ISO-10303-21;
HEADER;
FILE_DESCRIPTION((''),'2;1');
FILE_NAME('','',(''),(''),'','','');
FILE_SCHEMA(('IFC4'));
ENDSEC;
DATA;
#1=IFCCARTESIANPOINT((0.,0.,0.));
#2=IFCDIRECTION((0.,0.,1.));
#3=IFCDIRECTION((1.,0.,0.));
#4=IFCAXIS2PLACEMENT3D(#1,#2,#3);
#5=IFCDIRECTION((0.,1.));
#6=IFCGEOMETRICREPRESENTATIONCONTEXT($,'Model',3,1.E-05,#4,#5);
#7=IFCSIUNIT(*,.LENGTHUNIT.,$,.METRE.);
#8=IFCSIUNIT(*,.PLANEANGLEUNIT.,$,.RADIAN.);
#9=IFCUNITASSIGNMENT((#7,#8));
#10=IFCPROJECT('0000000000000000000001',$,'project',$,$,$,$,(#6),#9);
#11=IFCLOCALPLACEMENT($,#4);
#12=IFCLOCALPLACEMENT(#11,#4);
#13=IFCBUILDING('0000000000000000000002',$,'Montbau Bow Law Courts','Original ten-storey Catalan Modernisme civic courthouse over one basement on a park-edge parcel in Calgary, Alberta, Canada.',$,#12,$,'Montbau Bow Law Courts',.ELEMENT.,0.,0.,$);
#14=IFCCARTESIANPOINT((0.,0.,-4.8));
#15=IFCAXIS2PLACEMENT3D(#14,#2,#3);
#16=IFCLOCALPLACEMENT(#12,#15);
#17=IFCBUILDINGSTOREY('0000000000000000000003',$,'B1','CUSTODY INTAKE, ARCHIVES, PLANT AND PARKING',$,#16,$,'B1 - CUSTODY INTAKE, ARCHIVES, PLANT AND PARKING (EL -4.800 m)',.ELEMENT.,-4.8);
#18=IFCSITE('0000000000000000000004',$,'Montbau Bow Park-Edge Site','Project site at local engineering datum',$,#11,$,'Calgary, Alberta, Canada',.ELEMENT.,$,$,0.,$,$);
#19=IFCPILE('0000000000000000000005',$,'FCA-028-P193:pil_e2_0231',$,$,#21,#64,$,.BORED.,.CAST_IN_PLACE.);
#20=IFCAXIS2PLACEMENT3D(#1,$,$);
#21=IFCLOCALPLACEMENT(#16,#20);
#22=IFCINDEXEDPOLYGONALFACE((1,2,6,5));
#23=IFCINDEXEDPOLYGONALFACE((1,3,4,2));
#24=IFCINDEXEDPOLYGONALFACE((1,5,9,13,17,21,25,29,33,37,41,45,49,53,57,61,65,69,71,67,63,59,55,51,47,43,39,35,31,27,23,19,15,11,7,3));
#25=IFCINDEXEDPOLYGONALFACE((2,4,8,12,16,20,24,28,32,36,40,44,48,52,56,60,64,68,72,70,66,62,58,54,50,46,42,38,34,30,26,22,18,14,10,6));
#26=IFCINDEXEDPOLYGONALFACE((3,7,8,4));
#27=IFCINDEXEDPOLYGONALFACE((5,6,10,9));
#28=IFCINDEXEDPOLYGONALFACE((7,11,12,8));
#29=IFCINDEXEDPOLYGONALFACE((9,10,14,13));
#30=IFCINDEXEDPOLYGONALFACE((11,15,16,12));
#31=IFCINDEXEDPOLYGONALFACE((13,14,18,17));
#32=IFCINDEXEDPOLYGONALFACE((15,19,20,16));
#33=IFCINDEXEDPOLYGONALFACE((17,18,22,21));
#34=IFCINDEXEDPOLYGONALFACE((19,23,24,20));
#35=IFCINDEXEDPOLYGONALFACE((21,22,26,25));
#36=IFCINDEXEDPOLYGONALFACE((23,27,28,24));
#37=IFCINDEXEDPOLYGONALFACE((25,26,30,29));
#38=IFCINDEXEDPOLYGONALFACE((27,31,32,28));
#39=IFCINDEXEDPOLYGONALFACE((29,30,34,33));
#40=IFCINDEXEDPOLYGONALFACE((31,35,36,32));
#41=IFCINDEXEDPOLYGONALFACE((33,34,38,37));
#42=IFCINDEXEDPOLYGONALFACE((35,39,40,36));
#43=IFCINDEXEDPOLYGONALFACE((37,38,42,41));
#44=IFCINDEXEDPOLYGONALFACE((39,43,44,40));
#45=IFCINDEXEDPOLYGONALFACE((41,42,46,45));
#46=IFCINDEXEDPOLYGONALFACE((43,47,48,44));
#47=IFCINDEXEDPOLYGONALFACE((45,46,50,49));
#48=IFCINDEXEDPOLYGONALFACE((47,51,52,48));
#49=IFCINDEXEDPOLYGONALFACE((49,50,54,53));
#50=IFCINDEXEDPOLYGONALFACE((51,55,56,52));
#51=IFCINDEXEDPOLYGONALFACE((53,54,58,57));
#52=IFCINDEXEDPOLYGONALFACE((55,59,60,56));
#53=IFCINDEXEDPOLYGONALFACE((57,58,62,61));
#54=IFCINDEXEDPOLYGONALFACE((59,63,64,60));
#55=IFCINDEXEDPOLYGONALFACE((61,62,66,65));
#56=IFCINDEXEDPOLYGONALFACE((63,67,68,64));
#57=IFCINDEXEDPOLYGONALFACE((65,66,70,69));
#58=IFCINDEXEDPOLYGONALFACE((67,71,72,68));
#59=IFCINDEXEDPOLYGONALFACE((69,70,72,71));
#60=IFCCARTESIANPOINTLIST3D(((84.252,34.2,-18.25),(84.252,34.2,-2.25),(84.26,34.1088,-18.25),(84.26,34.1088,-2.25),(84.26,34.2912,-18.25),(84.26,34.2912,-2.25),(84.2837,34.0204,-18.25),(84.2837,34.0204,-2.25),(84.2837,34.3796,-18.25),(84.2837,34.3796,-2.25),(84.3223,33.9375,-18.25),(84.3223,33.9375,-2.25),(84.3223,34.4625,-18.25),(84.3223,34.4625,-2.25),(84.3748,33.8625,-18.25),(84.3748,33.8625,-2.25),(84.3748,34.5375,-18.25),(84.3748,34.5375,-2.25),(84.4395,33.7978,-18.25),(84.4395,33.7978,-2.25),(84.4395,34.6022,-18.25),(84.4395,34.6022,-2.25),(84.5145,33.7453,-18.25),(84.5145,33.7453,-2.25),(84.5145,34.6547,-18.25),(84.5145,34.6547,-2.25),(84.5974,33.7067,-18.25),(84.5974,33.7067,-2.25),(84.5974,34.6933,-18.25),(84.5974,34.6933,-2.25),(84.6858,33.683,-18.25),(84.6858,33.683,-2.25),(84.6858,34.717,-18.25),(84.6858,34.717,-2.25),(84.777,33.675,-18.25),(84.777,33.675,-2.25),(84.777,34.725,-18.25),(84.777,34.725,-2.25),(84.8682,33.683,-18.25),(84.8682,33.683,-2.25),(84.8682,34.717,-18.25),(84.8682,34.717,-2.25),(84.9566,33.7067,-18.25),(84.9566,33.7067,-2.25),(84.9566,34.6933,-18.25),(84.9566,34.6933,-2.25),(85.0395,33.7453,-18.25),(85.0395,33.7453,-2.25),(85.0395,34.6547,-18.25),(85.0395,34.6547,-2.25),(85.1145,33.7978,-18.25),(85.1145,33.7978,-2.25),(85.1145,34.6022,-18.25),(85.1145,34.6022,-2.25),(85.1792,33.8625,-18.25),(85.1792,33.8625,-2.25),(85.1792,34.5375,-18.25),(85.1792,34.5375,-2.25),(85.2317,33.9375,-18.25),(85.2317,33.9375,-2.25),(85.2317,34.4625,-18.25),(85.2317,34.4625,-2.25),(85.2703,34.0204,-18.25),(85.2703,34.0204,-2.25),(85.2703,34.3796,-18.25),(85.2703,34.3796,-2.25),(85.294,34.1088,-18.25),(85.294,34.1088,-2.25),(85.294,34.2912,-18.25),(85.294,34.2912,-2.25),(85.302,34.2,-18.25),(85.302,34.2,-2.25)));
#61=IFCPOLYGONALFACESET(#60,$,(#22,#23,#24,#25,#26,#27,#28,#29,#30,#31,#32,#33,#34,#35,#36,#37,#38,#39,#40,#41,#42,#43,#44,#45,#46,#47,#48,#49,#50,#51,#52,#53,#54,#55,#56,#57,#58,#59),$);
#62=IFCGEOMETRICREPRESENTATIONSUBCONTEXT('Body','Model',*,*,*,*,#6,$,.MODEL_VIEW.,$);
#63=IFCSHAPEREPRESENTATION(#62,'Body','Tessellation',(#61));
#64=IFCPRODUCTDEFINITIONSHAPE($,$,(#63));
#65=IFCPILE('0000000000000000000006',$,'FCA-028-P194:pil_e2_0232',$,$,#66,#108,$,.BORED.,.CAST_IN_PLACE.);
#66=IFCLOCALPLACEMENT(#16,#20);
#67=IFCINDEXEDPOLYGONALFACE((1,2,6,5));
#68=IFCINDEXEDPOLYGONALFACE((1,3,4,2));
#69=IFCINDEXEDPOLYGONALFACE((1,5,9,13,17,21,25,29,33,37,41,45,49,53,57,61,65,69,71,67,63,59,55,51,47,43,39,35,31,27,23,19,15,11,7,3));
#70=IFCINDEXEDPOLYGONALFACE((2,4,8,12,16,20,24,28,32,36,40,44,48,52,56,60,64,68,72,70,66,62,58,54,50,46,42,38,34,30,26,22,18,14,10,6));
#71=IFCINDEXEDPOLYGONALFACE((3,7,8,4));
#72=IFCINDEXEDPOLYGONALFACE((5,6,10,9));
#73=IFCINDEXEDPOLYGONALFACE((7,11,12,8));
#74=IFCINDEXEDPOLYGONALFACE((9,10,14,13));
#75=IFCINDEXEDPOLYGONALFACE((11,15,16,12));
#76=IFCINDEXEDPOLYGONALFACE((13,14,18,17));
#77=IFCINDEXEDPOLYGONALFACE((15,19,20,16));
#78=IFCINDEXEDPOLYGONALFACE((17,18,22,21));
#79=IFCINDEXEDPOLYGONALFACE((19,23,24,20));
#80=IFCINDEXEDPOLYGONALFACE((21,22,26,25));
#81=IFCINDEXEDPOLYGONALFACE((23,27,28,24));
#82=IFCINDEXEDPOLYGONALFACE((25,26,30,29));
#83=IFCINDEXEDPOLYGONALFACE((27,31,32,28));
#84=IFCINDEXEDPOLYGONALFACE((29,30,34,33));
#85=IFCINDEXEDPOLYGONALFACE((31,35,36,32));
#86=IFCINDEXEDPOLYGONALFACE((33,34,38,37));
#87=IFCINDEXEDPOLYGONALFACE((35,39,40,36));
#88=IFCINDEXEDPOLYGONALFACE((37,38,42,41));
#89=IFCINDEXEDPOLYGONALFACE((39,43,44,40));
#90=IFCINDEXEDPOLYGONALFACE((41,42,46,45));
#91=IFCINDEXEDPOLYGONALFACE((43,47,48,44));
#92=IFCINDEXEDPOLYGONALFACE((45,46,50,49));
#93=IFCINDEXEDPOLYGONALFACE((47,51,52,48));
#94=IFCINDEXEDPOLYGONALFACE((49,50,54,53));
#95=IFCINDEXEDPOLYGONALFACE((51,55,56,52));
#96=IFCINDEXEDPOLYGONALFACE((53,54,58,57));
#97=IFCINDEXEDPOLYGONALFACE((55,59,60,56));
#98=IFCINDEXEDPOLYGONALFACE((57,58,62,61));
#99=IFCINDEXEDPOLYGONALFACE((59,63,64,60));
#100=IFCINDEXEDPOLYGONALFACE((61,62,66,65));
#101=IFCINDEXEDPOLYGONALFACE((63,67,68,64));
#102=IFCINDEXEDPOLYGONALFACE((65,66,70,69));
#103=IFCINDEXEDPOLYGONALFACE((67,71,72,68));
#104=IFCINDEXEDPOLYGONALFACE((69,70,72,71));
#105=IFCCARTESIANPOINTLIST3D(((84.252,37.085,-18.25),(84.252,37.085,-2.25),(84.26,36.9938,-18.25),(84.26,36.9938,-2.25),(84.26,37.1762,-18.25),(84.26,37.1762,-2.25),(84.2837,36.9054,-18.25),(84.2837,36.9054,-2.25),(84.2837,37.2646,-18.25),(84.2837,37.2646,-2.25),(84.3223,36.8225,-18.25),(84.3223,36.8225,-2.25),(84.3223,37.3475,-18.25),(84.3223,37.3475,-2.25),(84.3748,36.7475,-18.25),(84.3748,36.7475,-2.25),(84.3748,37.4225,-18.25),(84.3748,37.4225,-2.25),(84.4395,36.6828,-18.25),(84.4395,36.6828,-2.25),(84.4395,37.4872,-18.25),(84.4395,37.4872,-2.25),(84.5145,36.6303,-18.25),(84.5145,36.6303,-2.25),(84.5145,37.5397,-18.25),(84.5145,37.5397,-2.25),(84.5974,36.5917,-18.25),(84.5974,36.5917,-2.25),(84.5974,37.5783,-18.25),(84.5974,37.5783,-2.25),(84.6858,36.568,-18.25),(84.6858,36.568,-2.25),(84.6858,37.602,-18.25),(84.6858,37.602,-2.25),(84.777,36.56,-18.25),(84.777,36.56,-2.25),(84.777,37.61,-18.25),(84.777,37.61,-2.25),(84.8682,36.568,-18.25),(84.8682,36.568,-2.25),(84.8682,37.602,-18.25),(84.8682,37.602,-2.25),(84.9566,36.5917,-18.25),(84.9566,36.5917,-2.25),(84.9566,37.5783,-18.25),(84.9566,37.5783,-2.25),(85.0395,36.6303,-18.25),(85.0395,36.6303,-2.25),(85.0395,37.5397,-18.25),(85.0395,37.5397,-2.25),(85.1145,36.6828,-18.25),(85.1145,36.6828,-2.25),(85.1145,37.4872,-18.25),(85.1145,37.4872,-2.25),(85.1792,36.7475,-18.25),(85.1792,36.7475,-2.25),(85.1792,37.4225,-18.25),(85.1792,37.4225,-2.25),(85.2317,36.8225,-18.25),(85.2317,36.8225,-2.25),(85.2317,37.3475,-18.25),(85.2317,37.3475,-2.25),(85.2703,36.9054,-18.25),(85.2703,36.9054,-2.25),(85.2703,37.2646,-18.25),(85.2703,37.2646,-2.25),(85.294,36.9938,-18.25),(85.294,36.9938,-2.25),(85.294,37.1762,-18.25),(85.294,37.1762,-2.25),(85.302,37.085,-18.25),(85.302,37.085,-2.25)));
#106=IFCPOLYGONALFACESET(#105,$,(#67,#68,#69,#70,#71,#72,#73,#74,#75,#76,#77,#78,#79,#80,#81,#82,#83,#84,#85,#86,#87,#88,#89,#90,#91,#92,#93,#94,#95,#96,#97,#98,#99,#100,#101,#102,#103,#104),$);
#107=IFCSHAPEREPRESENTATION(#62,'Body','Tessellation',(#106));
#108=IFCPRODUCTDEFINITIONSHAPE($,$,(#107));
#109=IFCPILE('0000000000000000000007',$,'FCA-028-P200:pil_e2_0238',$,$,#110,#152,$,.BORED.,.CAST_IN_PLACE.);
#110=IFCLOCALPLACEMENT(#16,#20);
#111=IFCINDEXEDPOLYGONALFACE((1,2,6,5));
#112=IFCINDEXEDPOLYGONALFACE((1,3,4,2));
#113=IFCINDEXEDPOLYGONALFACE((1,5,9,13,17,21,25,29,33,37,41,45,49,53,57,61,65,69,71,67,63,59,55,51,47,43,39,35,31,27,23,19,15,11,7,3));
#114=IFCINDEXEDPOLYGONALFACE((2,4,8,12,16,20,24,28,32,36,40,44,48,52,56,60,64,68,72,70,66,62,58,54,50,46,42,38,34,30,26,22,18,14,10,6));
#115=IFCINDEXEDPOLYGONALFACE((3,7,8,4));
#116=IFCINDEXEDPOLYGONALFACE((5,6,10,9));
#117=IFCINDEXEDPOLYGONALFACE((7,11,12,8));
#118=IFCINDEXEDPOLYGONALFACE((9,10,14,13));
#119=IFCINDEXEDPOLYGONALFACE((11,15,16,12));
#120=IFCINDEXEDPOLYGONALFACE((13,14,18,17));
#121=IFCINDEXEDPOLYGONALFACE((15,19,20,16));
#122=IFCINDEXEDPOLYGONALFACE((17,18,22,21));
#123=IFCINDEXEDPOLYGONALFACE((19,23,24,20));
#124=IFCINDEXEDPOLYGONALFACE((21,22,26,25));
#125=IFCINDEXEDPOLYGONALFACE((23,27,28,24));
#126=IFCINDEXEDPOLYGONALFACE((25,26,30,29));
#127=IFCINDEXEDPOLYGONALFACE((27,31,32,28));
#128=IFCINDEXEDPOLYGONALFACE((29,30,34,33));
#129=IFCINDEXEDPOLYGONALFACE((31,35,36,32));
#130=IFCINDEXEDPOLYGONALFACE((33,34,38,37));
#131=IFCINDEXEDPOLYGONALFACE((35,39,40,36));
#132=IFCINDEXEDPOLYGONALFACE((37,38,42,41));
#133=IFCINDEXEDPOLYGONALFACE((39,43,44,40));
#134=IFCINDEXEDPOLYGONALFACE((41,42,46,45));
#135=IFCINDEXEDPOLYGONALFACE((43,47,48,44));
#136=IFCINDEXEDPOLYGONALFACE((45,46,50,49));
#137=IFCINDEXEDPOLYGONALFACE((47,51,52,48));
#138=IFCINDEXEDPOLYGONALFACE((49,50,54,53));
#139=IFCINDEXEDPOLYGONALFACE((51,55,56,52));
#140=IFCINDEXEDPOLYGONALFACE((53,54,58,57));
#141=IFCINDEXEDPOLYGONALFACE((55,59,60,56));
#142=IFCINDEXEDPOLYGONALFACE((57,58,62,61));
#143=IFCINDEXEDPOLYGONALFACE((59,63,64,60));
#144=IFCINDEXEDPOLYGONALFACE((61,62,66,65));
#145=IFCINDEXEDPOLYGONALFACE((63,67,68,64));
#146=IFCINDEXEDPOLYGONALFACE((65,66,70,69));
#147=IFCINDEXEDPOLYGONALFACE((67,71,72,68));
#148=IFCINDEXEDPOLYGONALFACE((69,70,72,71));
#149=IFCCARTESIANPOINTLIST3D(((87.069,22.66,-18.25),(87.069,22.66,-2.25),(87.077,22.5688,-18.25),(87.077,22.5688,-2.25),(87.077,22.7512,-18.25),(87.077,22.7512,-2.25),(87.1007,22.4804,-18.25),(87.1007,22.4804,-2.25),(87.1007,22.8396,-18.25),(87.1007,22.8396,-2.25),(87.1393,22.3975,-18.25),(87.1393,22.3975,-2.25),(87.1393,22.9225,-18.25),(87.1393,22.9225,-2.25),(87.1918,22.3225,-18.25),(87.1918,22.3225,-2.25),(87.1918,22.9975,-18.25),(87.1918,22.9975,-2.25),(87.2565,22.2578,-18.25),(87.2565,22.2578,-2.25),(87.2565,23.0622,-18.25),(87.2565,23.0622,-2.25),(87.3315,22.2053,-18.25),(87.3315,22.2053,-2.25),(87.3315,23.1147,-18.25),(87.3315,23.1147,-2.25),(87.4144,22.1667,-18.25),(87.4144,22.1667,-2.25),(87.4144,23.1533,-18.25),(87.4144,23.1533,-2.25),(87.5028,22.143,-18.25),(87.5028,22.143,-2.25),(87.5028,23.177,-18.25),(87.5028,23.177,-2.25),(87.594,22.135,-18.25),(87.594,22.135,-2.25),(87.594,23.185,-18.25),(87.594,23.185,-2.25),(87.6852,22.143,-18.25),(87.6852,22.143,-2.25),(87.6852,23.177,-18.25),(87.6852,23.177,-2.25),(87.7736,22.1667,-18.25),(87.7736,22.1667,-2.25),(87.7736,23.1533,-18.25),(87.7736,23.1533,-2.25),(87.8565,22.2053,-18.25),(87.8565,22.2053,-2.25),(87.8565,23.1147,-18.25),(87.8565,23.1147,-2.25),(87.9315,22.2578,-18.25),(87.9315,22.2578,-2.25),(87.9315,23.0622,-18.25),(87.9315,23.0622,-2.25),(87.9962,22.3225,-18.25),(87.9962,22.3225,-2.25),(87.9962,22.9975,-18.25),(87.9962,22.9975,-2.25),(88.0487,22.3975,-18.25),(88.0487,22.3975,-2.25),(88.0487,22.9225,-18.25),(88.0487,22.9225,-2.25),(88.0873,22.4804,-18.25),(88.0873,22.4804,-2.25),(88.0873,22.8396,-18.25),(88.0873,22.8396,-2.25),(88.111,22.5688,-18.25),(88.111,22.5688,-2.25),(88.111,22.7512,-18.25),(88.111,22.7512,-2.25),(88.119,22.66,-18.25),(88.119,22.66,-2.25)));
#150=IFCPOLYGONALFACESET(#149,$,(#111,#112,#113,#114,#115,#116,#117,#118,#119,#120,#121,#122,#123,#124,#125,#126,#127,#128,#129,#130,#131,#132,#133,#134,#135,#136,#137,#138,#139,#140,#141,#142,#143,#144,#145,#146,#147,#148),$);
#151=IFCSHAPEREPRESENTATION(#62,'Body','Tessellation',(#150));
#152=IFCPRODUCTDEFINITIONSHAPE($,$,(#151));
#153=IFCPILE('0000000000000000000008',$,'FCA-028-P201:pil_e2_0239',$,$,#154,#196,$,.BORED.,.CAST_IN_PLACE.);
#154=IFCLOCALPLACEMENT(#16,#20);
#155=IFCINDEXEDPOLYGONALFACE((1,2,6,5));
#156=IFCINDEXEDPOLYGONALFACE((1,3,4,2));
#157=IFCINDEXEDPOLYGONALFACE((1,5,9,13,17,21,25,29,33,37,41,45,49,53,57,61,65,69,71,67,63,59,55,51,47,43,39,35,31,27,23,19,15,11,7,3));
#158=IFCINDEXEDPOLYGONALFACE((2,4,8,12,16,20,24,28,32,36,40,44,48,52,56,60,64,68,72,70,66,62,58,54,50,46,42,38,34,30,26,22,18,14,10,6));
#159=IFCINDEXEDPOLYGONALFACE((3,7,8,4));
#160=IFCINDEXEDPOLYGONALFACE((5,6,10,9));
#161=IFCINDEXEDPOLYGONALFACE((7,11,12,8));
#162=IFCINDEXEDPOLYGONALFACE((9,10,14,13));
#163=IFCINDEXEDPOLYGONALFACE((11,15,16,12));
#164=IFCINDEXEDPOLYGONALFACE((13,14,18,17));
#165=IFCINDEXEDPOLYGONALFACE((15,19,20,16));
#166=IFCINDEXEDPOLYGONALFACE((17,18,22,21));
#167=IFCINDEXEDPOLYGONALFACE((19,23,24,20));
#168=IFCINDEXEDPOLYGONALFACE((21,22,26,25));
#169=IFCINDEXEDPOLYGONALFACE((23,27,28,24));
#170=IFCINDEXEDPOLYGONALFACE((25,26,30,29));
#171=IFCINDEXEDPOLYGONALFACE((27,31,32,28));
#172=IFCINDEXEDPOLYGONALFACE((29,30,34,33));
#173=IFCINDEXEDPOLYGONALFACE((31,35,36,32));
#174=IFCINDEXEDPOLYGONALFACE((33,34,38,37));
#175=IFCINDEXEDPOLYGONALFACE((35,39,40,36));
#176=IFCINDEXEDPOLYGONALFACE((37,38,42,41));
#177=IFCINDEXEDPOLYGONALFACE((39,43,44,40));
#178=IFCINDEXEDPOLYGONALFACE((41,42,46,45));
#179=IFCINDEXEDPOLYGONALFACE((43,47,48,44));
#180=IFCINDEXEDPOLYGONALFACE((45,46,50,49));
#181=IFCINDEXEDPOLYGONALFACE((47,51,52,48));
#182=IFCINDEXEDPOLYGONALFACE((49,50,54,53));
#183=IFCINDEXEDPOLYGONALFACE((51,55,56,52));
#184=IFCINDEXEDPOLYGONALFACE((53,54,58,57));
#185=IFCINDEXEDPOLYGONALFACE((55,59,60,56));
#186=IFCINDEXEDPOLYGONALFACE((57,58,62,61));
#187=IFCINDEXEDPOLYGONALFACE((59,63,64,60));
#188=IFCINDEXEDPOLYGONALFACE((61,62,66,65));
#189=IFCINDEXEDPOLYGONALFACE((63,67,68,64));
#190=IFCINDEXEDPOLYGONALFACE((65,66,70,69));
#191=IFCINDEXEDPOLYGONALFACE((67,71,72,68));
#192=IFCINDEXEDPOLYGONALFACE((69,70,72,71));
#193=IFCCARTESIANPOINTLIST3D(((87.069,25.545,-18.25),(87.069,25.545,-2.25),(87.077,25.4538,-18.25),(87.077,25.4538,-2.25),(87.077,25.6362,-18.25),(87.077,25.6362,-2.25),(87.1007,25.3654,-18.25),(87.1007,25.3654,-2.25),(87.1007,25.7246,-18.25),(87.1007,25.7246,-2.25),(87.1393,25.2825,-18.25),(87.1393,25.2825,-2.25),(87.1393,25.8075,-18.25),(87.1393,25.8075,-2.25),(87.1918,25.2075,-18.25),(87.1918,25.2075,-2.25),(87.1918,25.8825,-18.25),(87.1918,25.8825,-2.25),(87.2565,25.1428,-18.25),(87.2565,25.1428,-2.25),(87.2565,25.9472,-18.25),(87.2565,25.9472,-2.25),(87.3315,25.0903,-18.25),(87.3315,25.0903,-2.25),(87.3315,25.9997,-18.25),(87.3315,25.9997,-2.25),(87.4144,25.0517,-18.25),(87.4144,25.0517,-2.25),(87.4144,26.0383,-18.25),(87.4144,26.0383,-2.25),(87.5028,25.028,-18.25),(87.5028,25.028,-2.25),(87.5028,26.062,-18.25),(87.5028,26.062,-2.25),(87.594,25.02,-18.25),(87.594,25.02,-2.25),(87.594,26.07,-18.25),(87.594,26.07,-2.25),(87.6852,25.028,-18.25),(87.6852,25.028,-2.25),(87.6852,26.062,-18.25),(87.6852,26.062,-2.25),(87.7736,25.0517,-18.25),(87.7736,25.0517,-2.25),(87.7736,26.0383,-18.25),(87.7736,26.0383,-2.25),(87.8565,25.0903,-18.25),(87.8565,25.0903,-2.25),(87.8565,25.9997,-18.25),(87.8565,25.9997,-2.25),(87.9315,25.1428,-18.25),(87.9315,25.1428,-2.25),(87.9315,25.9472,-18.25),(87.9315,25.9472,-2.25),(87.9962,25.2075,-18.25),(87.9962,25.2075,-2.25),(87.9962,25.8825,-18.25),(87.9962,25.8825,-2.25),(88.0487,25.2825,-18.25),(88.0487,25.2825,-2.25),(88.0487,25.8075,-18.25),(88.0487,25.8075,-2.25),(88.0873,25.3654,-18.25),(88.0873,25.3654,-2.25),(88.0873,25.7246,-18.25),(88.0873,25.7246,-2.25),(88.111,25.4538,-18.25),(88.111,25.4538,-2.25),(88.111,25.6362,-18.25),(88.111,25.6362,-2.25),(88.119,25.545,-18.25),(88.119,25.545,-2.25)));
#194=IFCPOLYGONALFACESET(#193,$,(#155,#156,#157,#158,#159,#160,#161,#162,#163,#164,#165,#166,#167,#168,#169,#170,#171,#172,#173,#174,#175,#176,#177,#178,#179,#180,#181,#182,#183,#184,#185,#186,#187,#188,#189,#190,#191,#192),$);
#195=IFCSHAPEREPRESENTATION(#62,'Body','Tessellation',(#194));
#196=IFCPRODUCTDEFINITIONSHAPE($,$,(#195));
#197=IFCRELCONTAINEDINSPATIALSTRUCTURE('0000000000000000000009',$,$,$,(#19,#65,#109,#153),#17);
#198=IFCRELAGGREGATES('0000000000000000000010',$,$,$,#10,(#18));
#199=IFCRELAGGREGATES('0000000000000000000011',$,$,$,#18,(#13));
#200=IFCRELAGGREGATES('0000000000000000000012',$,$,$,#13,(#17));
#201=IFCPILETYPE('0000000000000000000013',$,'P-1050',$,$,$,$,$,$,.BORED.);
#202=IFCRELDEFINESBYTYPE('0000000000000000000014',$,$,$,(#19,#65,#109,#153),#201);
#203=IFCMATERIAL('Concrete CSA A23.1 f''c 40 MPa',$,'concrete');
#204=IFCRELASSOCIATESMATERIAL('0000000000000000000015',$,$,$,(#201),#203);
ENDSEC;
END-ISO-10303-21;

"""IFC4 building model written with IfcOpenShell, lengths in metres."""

from ifc_helpers import new_model, si_unit, direction, frame, origin_with_axes, origin_2d_with_axis, place, context, subcontext, project, spatial, circle, extrude, material, material_profile, profile_set, type_object, element, save


model = new_model("IFC4")

# Units and contexts
model_context = context("Model", 3, precision=1e-05, world=origin_with_axes(), true_north=direction((0.0, 1.0)))
body_context = subcontext(model_context, "Body", "Model", "MODEL_VIEW")
ifc_project = project(units=[si_unit("LENGTHUNIT", "METRE"), si_unit("PLANEANGLEUNIT", "RADIAN")], contexts=[model_context])

# Site, building, storey
site_placement = place(None, origin_with_axes())
site = spatial("IfcSite", under=ifc_project, at=site_placement, Name="Montbau Bow Park-Edge Site", Description="Project site at local engineering datum", LongName="Calgary, Alberta, Canada", CompositionType="ELEMENT", RefElevation=0.0)
building_placement = place(site_placement, origin_with_axes())
building = spatial("IfcBuilding", under=site, at=building_placement, Name="Montbau Bow Law Courts", Description="Original ten-storey Catalan Modernisme civic courthouse over one basement on a park-edge parcel in Calgary, Alberta, Canada.", LongName="Montbau Bow Law Courts", CompositionType="ELEMENT", ElevationOfRefHeight=0.0, ElevationOfTerrain=0.0)
storey_placement = place(building_placement, frame((0.0, 0.0, -4.8), z_axis=(0.0, 0.0, 1.0), x_axis=(1.0, 0.0, 0.0)))
storey = spatial("IfcBuildingStorey", under=building, at=storey_placement, Name="B1", Description="CUSTODY INTAKE, ARCHIVES, PLANT AND PARKING", LongName="B1 - CUSTODY INTAKE, ARCHIVES, PLANT AND PARKING (EL -4.800 m)", CompositionType="ELEMENT", Elevation=-4.8)

# Piles
ifc_material_1 = material(Name="Concrete CSA A23.1 f'c 40 MPa", Category="concrete")
ifc_material_profile_1 = material_profile(ifc_material_1, circle(Radius=0.525, at=origin_2d_with_axis()), Name="BP1050", Category="Main", Priority=0)
ifc_profile_set_1 = profile_set([ifc_material_profile_1], Name="Concrete CSA A23.1 f'c 40 MPa")
pile_type = type_object("IfcPileType", Name="P-1050", PredefinedType="BORED", material=ifc_profile_set_1)
for number, where, z_axis, x_axis, name in (
    (1, (84.777, 34.2, -23.05), (0.0, 0.0, 1.0), (1.0, 0.0, 0.0), "FCA-028-P193:pil_e2_0231"),
    (2, (84.777, 37.085, -23.05), (0.0, 0.0, 1.0), (1.0, 0.0, 0.0), "FCA-028-P194:pil_e2_0232"),
    (3, (87.594, 22.66, -23.05), (0.0, 0.0, 1.0), (1.0, 0.0, 0.0), "FCA-028-P200:pil_e2_0238"),
    (4, (87.594, 25.545, -23.05), (0.0, 0.0, 1.0), (1.0, 0.0, 0.0), "FCA-028-P201:pil_e2_0239"),
):
    element("IfcPile", number, at=place(None, frame(where, z_axis=z_axis, x_axis=x_axis)), inside=storey, type_object=pile_type, Name=name, ConstructionType="CAST_IN_PLACE", PredefinedType="BORED", context=body_context, shape_type="SweptSolid", body=[
        extrude(circle(Radius=0.525, at=origin_2d_with_axis()), origin_with_axes(), (0.0, 0.0, 1.0), 16.0),
    ])

save(model, "model.ifc")
